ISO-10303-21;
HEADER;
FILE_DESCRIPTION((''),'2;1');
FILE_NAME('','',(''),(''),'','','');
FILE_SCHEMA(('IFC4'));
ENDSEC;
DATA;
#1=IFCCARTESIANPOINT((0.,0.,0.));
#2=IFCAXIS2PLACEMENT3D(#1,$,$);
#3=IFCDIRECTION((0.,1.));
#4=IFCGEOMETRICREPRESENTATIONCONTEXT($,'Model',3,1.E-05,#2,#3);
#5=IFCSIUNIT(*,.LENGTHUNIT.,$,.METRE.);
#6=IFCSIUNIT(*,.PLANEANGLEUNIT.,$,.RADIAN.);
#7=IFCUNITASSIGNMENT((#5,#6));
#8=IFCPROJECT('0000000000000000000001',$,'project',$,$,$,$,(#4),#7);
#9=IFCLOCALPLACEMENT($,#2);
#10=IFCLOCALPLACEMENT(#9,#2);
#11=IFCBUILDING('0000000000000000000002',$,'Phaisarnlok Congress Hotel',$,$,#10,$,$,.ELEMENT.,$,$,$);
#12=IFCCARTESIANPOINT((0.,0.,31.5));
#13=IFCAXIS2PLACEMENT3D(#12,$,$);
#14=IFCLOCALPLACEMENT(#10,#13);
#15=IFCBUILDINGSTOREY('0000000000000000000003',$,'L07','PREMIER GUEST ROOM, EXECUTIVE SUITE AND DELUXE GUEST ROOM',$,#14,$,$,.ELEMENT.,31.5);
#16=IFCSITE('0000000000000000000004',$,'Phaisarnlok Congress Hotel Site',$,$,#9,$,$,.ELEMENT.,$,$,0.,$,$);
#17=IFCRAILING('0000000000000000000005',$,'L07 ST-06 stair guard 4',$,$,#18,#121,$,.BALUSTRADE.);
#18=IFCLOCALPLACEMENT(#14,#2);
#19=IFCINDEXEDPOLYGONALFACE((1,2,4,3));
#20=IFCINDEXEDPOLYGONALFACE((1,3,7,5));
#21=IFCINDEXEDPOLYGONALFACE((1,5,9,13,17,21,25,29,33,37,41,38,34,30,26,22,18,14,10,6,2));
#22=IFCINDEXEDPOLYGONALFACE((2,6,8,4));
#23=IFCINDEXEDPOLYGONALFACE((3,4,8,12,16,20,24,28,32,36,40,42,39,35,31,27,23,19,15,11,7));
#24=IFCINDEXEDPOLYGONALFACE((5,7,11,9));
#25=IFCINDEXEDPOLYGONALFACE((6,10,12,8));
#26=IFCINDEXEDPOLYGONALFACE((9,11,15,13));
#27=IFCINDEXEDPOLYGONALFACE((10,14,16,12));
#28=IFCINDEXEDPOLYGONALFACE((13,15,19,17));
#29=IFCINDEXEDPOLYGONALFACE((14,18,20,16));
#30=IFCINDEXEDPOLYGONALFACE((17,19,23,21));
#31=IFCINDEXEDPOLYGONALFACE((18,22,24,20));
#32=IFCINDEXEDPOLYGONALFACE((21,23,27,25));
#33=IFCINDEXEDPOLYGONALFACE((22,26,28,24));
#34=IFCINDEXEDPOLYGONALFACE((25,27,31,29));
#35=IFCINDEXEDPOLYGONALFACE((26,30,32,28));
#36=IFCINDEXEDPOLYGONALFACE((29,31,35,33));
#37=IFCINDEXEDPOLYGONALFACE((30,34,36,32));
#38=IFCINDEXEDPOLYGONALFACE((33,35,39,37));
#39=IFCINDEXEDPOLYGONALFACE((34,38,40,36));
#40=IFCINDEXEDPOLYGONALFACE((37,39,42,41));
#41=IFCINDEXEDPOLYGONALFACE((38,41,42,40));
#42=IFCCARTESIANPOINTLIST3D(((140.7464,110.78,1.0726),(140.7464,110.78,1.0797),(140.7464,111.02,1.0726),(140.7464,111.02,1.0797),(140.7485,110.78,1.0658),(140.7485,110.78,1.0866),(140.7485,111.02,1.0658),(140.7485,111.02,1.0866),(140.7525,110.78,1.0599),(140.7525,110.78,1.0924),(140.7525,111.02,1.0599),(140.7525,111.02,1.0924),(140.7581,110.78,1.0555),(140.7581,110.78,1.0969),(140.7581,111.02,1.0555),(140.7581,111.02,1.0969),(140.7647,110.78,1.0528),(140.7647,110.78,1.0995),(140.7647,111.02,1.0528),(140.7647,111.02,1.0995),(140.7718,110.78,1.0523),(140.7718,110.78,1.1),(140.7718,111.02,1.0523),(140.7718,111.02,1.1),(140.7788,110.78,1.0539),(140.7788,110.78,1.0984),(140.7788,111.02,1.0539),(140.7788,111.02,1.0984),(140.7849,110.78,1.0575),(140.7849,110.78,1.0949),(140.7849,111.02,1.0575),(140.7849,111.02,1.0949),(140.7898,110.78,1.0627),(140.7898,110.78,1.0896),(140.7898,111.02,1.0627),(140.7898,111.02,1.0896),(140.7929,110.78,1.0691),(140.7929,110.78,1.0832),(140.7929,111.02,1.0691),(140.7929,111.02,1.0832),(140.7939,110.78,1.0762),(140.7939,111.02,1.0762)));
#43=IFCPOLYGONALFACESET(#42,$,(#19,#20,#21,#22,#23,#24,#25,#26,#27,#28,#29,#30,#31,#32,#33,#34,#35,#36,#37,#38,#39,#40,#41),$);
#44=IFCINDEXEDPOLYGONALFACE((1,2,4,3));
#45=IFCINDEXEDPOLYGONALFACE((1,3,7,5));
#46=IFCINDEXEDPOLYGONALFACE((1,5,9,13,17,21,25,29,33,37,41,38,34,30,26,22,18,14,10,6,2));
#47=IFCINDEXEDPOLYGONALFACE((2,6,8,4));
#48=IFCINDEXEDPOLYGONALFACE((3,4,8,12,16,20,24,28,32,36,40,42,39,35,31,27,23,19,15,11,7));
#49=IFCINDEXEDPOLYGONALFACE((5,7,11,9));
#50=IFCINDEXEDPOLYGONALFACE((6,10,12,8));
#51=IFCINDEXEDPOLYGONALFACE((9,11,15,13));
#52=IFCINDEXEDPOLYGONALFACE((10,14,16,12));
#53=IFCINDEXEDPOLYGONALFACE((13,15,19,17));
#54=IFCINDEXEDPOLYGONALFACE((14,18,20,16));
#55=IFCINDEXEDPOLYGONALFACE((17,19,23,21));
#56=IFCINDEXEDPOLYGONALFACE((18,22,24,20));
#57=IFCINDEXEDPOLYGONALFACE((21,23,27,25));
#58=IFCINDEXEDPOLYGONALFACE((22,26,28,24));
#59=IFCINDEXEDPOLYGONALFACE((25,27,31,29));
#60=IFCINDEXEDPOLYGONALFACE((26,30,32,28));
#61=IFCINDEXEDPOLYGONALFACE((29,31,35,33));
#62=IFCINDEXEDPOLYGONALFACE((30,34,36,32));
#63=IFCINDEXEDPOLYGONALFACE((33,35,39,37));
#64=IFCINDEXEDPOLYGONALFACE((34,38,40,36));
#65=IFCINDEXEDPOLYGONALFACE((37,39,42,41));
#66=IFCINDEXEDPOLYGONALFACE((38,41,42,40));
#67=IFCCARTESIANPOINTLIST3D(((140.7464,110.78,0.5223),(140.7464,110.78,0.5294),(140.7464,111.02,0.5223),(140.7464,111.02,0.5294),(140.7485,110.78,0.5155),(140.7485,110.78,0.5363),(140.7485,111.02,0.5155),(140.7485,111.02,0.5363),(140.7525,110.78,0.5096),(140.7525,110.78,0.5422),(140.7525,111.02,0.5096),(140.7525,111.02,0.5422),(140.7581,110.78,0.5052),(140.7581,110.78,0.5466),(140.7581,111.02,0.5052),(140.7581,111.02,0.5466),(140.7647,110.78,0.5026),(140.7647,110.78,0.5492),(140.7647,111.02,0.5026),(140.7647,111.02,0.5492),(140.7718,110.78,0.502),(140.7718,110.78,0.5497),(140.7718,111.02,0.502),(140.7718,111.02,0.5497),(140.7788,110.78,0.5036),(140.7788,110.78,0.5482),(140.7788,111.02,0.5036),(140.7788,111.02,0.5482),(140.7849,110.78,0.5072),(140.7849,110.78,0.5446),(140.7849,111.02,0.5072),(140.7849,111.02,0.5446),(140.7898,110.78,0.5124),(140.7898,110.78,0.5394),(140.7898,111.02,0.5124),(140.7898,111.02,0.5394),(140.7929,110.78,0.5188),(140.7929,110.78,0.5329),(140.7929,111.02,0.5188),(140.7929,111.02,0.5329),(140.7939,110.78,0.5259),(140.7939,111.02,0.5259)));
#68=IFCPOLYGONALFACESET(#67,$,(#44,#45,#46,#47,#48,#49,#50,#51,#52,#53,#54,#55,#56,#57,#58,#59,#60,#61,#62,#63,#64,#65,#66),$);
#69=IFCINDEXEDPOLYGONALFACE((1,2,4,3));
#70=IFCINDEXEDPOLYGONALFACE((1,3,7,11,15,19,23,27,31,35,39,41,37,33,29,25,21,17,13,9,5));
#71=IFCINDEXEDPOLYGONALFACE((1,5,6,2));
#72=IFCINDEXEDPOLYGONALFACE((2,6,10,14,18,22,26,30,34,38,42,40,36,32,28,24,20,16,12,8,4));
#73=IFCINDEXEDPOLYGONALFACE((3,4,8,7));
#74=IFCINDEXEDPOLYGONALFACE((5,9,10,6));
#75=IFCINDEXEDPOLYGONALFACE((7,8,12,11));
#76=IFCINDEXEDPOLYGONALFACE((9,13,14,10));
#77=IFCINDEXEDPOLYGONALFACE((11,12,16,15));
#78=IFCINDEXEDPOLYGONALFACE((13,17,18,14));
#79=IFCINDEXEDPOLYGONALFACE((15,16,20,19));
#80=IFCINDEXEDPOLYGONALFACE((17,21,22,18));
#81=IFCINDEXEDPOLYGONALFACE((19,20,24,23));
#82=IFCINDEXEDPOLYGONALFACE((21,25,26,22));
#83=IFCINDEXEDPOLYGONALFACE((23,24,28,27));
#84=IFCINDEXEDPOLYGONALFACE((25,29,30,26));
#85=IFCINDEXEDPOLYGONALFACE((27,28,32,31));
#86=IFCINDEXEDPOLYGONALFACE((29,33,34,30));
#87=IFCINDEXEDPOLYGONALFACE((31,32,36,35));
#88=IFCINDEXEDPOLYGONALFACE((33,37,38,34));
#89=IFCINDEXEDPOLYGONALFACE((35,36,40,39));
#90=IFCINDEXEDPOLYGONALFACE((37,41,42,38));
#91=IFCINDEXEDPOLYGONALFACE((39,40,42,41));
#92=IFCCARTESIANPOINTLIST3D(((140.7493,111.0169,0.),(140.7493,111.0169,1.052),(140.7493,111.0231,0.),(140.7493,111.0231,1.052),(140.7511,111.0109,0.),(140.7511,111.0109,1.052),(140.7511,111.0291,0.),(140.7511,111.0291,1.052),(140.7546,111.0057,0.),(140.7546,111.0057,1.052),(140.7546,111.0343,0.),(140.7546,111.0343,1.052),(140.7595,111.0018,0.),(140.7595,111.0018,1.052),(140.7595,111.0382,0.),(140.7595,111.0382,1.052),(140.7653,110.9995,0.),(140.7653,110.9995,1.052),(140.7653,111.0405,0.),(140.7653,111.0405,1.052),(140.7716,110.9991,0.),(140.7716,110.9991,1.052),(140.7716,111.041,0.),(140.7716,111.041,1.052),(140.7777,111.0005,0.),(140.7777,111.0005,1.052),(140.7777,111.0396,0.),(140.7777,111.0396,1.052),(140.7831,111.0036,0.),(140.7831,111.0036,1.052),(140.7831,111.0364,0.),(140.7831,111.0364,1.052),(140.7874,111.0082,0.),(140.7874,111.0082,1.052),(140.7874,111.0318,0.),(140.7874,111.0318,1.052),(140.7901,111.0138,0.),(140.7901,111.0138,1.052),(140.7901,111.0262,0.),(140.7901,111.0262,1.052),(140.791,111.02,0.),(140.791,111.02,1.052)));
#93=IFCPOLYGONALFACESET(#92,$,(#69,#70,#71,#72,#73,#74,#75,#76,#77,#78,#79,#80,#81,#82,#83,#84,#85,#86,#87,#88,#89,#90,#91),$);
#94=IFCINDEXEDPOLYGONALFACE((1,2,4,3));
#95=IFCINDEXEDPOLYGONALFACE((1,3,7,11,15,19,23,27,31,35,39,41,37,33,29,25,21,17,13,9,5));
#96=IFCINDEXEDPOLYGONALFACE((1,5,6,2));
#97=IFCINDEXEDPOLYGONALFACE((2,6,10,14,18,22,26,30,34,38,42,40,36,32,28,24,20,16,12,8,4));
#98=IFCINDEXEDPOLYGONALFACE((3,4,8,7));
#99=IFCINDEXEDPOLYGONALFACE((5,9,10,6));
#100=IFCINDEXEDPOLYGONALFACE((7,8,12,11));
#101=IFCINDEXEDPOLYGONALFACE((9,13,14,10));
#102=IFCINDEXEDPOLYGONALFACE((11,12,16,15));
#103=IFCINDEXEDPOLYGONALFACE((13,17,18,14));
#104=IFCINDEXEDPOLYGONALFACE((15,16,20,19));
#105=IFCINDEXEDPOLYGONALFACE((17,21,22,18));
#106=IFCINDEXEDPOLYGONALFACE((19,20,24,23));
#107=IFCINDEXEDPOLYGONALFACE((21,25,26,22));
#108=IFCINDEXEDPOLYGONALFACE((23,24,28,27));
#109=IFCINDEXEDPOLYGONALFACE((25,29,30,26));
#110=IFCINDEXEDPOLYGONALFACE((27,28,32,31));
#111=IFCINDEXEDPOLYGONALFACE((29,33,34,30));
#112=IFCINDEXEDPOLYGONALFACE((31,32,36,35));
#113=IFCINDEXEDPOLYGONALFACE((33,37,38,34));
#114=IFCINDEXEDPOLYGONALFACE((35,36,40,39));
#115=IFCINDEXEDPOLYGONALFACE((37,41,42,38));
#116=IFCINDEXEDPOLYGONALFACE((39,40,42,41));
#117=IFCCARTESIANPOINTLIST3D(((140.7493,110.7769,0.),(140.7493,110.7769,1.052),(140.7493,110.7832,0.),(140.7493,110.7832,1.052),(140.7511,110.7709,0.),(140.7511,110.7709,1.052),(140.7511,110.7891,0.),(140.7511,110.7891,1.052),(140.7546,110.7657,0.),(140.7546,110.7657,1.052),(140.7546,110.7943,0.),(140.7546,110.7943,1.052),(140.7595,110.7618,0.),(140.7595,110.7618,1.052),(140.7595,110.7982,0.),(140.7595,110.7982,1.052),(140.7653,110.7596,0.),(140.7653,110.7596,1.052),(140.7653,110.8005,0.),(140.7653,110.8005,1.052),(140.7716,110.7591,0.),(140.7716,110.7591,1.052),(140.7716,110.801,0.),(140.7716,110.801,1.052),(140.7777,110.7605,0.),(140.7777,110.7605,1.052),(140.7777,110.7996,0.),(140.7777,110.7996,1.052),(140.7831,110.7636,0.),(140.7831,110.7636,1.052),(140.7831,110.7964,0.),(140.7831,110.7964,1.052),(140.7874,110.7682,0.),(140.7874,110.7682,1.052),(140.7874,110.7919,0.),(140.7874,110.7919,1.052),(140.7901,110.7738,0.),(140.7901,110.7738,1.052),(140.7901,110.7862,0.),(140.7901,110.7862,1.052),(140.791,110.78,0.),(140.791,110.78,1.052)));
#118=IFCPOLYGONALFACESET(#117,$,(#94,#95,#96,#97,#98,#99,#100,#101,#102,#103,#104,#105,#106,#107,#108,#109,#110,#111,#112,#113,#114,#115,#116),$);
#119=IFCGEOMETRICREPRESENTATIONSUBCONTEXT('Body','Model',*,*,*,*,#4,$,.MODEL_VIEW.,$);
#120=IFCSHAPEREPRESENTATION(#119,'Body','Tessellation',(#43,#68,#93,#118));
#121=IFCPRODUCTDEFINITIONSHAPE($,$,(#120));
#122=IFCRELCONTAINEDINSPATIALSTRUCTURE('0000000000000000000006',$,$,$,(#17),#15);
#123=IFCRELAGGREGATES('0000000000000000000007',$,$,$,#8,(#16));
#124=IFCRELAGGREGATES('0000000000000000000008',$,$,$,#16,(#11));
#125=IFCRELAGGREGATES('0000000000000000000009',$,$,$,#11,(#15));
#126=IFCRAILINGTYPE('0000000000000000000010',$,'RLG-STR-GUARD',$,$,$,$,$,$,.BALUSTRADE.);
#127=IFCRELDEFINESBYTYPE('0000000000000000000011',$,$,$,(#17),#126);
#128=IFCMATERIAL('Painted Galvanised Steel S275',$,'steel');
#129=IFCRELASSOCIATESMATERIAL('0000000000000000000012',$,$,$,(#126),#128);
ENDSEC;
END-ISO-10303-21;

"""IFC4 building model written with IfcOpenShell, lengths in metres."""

from ifc_helpers import new_model, si_unit, direction, frame, origin, origin_2d, place, context, subcontext, project, spatial, circle, extrude, material, type_object, element, save


model = new_model("IFC4")

# Units and contexts
model_context = context("Model", 3, precision=1e-05, world=origin(), true_north=direction((0.0, 1.0)))
body_context = subcontext(model_context, "Body", "Model", "MODEL_VIEW")
ifc_project = project(units=[si_unit("LENGTHUNIT", "METRE"), si_unit("PLANEANGLEUNIT", "RADIAN")], contexts=[model_context])

# Site, building, storey
site_placement = place(None, origin())
site = spatial("IfcSite", under=ifc_project, at=site_placement, Name="Phaisarnlok Congress Hotel Site", CompositionType="ELEMENT", RefElevation=0.0)
building_placement = place(site_placement, origin())
building = spatial("IfcBuilding", under=site, at=building_placement, Name="Phaisarnlok Congress Hotel", CompositionType="ELEMENT")
storey_placement = place(building_placement, frame((0.0, 0.0, 31.5)))
storey = spatial("IfcBuildingStorey", under=building, at=storey_placement, Name="L07", Description="PREMIER GUEST ROOM, EXECUTIVE SUITE AND DELUXE GUEST ROOM", CompositionType="ELEMENT", Elevation=31.5)

# Railing
ifc_material_1 = material(Name="Painted Galvanised Steel S275", Category="steel")
railing_type_1 = type_object("IfcRailingType", Name="RLG-STR-GUARD", PredefinedType="BALUSTRADE", material=ifc_material_1)
railing_1_placement = place(storey_placement, frame((140.77, 111.02, 0.0)))
element("IfcRailing", 1, at=railing_1_placement, inside=storey, type_object=railing_type_1, Name="L07 ST-06 stair guard 4", PredefinedType="BALUSTRADE", context=body_context, shape_type="SweptSolid", body=[
    extrude(circle(Radius=0.0239, at=origin_2d()), frame((0.0, 0.0, 1.0762), z_axis=(0.0, -1.0, 0.0), x_axis=(1.0, 0.0, 0.0)), (0.0, 0.0, 1.0), 0.24),
    extrude(circle(Radius=0.0239, at=origin_2d()), frame((0.0, 0.0, 0.5259), z_axis=(0.0, -1.0, 0.0), x_axis=(1.0, 0.0, 0.0)), (0.0, 0.0, 1.0), 0.24),
    extrude(circle(Radius=0.021, at=origin_2d()), origin(), (0.0, 0.0, 1.0), 1.052),
    extrude(circle(Radius=0.021, at=origin_2d()), frame((0.0, -0.24, 0.0)), (0.0, 0.0, 1.0), 1.052),
])

save(model, "model.ifc")
